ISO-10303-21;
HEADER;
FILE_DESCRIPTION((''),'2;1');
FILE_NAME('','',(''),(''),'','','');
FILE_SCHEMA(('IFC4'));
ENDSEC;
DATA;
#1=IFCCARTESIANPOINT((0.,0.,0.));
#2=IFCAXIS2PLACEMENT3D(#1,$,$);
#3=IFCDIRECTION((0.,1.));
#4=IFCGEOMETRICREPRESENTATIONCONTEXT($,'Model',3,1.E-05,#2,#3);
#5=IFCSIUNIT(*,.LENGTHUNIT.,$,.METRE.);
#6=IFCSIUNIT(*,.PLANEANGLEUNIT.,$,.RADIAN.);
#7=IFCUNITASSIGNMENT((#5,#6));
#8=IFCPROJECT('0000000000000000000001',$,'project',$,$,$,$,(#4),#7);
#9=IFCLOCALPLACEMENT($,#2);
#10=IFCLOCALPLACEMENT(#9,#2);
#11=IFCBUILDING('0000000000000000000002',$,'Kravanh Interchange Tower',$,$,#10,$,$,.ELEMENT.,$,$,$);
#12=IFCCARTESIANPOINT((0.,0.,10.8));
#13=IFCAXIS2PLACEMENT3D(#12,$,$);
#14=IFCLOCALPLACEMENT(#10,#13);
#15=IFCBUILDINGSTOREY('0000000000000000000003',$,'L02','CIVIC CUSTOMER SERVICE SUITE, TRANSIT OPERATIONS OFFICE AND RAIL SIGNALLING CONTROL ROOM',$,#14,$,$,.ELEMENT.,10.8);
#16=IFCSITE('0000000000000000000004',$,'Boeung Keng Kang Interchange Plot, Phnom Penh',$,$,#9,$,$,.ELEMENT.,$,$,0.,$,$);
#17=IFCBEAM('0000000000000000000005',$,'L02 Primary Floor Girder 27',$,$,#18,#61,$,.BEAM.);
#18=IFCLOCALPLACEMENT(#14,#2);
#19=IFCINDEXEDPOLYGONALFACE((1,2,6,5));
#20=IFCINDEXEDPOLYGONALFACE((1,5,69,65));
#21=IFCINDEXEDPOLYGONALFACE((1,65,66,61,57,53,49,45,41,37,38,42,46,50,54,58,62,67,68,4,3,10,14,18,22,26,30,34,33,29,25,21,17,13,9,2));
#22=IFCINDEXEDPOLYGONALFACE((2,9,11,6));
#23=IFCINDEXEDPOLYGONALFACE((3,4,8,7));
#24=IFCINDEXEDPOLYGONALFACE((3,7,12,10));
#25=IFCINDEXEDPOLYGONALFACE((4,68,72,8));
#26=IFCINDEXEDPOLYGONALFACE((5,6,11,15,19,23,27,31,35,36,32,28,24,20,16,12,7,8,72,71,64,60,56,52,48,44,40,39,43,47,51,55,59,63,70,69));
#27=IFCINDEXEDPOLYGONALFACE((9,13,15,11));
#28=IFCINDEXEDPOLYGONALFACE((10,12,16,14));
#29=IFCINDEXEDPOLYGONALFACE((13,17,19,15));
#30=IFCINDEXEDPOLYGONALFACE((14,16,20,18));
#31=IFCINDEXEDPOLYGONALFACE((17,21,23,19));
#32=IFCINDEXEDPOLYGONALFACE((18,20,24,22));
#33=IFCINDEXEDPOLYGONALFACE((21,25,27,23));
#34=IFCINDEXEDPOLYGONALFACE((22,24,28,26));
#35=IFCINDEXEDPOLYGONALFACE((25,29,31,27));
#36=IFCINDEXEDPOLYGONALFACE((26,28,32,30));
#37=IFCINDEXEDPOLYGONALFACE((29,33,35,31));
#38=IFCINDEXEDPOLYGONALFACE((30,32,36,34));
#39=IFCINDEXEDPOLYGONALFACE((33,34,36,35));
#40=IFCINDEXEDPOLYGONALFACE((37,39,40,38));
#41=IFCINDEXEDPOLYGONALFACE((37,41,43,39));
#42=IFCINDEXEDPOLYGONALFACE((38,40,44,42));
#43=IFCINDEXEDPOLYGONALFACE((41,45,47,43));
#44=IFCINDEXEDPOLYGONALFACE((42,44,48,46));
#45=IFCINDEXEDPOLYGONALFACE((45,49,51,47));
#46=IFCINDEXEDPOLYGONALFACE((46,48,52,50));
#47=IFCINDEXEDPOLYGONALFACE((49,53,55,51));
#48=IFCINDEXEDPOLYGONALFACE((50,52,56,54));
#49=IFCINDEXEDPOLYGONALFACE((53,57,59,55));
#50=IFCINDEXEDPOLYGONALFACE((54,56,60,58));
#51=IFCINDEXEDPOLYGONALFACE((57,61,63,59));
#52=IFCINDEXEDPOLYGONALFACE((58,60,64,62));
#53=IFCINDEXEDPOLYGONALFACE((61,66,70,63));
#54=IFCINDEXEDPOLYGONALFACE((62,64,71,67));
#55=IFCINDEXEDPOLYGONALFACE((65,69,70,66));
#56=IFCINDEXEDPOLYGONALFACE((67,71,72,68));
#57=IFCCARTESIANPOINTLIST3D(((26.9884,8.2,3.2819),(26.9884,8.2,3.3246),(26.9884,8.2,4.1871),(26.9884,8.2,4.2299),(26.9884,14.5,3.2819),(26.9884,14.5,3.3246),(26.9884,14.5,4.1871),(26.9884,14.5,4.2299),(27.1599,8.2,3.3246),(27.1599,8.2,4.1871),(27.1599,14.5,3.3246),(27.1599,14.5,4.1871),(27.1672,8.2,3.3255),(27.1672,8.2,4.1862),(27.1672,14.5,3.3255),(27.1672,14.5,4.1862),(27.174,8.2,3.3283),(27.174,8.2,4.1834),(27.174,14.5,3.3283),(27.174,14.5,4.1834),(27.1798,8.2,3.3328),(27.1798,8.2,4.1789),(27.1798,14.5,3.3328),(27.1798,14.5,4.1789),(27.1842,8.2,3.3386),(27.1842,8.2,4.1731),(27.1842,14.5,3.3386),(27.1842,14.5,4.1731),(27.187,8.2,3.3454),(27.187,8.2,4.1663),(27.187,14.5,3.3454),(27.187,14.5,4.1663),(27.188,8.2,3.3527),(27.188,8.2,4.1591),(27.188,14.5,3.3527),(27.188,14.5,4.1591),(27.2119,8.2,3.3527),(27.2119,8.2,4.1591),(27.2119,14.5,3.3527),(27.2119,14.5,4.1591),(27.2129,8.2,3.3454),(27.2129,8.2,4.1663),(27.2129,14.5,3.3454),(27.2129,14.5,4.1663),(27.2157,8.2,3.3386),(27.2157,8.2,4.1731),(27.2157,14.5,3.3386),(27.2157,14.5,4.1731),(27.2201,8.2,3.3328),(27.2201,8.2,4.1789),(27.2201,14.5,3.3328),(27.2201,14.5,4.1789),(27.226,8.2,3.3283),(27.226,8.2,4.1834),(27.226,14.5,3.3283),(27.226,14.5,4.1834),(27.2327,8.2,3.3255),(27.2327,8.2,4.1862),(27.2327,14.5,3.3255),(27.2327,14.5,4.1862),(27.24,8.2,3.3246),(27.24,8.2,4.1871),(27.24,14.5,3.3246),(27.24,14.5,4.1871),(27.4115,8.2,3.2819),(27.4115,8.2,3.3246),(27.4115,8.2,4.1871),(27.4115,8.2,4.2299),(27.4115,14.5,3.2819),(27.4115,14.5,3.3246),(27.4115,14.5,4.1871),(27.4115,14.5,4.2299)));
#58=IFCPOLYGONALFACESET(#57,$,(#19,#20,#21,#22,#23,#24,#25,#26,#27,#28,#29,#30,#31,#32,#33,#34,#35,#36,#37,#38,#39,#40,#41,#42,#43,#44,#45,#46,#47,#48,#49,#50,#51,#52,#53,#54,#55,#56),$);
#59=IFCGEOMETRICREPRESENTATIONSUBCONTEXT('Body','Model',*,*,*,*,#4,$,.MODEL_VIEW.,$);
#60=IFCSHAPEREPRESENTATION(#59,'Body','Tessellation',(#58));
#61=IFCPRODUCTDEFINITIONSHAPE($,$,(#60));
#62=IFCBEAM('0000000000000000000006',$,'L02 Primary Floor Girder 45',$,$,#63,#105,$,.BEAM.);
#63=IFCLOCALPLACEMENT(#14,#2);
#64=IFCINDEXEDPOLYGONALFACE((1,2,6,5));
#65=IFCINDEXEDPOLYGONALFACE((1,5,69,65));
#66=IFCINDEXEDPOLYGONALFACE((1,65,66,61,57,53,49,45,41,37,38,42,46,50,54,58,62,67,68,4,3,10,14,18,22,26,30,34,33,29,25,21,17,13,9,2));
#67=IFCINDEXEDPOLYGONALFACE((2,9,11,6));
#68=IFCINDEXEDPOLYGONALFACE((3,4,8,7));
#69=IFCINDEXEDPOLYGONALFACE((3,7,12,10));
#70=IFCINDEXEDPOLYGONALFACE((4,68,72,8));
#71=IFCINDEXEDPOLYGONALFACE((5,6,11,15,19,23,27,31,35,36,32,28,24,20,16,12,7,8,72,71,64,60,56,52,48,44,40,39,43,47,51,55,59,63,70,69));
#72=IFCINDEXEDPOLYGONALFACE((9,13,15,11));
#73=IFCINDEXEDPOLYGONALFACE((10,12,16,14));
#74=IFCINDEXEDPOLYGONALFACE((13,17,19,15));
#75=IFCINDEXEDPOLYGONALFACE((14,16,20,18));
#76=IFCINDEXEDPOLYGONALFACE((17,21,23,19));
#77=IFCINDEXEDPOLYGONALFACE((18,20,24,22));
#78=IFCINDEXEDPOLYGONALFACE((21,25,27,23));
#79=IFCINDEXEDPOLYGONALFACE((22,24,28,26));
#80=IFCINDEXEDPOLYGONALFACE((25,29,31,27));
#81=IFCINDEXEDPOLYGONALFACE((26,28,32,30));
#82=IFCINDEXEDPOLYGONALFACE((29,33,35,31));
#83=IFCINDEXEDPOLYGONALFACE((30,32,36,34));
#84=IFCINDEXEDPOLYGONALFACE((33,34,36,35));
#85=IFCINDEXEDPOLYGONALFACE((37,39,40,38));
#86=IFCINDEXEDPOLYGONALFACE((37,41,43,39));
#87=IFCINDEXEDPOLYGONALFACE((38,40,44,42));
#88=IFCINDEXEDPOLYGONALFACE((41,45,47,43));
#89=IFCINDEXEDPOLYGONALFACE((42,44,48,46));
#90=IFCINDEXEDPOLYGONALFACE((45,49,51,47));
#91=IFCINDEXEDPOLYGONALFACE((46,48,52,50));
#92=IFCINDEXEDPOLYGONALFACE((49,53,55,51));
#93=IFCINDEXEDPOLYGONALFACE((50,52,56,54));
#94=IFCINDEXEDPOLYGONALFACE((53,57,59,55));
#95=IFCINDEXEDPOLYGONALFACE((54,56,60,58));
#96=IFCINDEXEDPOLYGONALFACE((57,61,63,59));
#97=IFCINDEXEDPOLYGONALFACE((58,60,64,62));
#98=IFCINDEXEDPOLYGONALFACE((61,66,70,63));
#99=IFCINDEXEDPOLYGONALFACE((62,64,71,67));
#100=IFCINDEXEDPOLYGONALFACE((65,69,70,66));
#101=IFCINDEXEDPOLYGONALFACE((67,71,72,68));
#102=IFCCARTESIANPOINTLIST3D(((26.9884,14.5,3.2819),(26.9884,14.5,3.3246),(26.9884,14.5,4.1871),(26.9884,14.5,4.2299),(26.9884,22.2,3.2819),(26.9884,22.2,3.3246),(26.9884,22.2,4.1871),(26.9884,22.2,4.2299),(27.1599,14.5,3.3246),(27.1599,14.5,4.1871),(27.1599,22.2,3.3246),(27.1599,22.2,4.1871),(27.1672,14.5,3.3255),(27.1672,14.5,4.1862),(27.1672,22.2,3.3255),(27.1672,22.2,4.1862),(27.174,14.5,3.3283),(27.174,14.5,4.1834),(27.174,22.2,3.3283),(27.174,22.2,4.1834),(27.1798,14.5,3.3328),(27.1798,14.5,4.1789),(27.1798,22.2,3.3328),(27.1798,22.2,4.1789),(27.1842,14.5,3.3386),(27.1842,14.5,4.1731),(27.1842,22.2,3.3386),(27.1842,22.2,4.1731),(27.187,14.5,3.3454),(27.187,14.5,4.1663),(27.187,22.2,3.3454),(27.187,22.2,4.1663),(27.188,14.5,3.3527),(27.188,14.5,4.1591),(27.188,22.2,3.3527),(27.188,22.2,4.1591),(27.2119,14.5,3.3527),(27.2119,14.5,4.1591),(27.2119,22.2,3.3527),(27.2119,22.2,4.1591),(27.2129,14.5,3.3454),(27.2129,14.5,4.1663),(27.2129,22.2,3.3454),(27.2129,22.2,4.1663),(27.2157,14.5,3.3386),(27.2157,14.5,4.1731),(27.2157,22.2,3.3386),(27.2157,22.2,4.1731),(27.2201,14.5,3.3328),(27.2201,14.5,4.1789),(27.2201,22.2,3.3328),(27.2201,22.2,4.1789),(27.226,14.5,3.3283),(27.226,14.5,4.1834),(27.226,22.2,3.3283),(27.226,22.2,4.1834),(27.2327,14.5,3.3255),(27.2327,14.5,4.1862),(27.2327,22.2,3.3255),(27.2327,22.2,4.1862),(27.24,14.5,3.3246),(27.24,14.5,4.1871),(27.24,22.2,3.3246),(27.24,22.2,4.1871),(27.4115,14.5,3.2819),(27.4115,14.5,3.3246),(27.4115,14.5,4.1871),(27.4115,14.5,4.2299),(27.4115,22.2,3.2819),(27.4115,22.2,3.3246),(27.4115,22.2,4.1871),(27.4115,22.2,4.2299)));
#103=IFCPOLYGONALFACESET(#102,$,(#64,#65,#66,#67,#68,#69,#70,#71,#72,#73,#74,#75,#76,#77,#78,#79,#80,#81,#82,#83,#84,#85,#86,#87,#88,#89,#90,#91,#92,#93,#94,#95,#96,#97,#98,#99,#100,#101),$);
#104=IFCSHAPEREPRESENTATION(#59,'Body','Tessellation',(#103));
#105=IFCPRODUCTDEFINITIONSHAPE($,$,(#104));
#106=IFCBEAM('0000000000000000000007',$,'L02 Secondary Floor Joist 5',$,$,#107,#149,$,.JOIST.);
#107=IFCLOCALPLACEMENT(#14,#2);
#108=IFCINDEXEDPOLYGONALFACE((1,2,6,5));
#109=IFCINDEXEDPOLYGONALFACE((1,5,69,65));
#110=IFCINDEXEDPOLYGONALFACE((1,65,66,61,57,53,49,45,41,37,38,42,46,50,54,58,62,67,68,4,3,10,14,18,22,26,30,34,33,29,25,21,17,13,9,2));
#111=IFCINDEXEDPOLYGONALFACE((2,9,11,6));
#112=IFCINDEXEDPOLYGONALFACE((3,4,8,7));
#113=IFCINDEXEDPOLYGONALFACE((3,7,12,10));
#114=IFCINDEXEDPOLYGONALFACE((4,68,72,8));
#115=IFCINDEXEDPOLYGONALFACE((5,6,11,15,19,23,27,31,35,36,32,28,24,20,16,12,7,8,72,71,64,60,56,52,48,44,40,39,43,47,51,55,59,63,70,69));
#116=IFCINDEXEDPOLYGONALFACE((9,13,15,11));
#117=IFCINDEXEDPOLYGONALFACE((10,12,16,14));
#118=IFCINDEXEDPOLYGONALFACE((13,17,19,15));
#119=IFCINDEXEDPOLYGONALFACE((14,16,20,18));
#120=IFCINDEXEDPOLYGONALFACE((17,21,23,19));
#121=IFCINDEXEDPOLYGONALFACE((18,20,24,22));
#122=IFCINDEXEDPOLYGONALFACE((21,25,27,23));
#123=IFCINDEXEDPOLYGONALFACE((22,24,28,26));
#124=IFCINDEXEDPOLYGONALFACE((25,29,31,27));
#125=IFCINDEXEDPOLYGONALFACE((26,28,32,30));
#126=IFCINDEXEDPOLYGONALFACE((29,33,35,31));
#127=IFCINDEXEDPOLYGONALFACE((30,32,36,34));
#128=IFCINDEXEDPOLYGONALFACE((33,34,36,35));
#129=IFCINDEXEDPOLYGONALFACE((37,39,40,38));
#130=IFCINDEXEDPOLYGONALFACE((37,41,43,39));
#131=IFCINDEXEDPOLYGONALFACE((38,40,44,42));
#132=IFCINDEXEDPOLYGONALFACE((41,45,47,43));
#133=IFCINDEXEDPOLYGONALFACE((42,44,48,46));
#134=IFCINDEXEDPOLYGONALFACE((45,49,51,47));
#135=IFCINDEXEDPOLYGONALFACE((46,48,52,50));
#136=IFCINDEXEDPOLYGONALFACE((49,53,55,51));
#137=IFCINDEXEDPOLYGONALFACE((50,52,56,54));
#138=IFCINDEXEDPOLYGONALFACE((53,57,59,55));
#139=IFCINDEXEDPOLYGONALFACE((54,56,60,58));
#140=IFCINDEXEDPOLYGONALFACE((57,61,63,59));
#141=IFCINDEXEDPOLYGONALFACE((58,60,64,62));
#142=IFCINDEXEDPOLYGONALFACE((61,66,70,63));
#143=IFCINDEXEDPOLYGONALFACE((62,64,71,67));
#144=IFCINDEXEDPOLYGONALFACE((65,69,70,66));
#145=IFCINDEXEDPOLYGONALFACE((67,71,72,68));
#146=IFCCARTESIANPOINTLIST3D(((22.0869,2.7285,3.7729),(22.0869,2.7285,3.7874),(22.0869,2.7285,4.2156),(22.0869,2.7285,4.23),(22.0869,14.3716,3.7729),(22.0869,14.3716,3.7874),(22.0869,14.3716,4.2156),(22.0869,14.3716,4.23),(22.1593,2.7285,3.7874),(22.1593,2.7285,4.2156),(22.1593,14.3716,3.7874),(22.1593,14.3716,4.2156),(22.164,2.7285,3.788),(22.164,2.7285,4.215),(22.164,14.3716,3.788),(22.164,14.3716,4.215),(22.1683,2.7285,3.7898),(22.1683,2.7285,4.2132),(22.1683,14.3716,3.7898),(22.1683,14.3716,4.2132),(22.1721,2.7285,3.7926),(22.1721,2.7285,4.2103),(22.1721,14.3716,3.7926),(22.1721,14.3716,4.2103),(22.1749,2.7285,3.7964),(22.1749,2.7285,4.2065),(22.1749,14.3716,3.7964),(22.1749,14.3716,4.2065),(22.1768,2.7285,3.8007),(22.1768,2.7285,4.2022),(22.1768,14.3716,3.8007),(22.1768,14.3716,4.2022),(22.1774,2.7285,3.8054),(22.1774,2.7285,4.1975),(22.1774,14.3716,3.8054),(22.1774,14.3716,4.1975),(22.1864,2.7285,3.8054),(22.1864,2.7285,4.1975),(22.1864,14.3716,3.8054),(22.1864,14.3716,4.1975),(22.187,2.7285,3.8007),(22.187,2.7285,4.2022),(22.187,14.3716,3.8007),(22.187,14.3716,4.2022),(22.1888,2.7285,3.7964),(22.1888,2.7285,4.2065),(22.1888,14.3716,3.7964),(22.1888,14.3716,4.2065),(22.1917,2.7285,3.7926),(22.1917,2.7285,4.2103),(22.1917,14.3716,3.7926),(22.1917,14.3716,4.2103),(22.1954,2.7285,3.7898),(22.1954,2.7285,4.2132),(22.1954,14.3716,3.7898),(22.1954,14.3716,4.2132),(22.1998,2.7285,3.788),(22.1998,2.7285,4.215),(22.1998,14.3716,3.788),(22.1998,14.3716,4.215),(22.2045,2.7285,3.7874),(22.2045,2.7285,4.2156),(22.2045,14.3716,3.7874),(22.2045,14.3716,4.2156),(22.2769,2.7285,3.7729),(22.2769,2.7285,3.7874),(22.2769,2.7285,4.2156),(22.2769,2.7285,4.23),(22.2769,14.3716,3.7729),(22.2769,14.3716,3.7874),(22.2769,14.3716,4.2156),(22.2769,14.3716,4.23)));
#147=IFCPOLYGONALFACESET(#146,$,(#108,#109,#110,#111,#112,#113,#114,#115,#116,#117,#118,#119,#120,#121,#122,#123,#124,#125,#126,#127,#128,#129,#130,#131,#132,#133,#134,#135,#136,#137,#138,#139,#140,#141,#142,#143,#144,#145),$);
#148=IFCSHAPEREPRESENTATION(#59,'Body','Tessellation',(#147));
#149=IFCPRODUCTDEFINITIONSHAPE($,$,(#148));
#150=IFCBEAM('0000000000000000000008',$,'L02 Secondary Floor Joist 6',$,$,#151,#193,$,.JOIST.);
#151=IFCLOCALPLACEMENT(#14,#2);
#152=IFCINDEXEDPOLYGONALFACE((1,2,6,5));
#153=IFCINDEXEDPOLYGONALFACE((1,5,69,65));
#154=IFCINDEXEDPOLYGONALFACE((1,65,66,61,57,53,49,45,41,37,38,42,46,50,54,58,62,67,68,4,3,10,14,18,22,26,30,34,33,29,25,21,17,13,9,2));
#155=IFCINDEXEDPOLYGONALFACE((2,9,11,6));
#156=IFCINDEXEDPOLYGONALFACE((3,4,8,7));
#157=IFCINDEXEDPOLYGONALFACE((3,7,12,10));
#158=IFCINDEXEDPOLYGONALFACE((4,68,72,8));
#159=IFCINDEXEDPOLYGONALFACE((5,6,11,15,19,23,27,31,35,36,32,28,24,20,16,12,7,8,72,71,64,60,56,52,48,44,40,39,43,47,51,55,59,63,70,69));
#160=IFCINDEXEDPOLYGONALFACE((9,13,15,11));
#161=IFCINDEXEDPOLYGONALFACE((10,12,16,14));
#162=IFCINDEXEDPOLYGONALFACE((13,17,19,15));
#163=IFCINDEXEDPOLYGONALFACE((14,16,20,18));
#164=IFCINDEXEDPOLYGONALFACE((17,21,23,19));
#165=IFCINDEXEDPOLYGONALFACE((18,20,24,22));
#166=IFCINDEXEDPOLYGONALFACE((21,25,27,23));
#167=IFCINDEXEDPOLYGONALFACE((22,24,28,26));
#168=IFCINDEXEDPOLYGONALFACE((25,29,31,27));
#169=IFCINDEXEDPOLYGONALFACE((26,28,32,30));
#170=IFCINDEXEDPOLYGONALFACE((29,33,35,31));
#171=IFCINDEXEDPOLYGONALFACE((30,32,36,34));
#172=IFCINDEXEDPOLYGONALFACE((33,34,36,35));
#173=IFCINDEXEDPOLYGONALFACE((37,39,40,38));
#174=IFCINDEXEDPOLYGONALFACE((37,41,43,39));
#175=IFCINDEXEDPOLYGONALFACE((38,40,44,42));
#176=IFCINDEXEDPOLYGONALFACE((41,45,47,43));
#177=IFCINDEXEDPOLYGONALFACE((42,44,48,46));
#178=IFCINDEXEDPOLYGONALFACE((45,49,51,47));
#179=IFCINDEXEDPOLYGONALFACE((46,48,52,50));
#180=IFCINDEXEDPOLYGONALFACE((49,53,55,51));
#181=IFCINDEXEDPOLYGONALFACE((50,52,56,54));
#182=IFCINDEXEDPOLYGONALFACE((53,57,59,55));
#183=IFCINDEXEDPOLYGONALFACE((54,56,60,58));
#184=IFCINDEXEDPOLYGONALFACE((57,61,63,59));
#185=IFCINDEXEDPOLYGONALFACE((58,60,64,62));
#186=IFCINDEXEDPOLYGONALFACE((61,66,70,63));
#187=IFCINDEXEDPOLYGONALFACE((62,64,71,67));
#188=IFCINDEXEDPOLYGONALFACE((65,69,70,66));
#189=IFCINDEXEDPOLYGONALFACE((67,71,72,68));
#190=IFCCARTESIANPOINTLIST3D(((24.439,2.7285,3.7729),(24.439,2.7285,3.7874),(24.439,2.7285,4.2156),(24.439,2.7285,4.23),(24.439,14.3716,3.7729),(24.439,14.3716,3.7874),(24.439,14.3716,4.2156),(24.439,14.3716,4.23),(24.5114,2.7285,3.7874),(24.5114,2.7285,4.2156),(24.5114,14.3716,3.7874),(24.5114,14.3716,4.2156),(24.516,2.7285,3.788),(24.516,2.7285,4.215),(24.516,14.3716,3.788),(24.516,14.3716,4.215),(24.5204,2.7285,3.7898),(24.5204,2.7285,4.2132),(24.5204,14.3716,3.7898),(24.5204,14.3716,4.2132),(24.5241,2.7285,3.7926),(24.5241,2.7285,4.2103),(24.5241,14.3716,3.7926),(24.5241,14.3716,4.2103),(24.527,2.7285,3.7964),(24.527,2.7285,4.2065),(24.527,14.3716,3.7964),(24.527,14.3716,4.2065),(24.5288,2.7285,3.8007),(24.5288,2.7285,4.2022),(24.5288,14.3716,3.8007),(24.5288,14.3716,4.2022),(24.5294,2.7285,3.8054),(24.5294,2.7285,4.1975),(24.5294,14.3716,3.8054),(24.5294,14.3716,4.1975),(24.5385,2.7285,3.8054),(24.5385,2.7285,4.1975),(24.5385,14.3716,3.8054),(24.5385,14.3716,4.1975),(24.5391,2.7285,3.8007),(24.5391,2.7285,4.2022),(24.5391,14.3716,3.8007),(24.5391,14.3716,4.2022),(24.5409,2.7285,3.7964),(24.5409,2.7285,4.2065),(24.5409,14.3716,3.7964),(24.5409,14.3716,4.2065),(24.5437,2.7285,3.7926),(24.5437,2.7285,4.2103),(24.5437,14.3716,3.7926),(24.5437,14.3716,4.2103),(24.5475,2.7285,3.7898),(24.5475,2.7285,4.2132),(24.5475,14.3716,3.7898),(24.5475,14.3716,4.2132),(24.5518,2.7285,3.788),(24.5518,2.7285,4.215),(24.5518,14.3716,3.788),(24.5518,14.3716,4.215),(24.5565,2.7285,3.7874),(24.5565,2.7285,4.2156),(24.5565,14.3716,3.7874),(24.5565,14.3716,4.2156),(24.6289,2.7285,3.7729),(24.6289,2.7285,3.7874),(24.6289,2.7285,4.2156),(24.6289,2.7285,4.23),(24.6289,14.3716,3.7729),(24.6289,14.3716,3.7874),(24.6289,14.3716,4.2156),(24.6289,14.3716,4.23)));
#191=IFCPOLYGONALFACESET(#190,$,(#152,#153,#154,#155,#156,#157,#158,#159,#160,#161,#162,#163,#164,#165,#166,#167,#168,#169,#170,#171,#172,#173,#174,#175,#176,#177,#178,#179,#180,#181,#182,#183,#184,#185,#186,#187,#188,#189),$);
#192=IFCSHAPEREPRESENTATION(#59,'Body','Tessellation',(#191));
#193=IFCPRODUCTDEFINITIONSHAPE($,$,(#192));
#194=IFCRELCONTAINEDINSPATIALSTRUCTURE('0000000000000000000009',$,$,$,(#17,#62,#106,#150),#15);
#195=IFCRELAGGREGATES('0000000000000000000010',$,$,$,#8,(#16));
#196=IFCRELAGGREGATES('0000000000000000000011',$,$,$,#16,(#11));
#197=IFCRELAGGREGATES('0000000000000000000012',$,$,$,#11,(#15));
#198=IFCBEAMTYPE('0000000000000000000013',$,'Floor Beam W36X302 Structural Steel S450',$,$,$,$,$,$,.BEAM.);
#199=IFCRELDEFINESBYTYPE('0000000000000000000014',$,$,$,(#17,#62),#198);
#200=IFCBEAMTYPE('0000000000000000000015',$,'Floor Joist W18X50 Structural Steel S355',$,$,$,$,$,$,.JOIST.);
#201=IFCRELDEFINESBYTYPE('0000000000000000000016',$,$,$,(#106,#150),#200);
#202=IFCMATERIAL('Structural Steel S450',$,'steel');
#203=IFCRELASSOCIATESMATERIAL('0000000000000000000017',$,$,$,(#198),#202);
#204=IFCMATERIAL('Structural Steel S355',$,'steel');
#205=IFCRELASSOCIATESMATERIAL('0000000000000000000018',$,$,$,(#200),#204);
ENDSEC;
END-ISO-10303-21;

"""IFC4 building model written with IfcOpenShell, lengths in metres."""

from ifc_helpers import new_model, si_unit, direction, frame, origin, origin_2d, place, context, subcontext, project, spatial, i_section, extrude, material, material_profile, profile_set, type_object, element, save


model = new_model("IFC4")

# Units and contexts
model_context = context("Model", 3, precision=1e-05, world=origin(), true_north=direction((0.0, 1.0)))
body_context = subcontext(model_context, "Body", "Model", "MODEL_VIEW")
ifc_project = project(units=[si_unit("LENGTHUNIT", "METRE"), si_unit("PLANEANGLEUNIT", "RADIAN")], contexts=[model_context])

# Site, building, storey
site_placement = place(None, origin())
site = spatial("IfcSite", under=ifc_project, at=site_placement, Name="Boeung Keng Kang Interchange Plot, Phnom Penh", CompositionType="ELEMENT", RefElevation=0.0)
building_placement = place(site_placement, origin())
building = spatial("IfcBuilding", under=site, at=building_placement, Name="Kravanh Interchange Tower", CompositionType="ELEMENT")
storey_placement = place(building_placement, frame((0.0, 0.0, 10.8)))
storey = spatial("IfcBuildingStorey", under=building, at=storey_placement, Name="L02", Description="CIVIC CUSTOMER SERVICE SUITE, TRANSIT OPERATIONS OFFICE AND RAIL SIGNALLING CONTROL ROOM", CompositionType="ELEMENT", Elevation=10.8)

# Beams
ifc_material_1 = material(Name="Structural Steel S450", Category="steel")
ifc_material_profile_1 = material_profile(ifc_material_1, i_section(OverallWidth=0.4231, OverallDepth=0.948, WebThickness=0.0239, FlangeThickness=0.0427, FilletRadius=0.0281, at=origin_2d()), Name="W36X302")
ifc_profile_set_1 = profile_set([ifc_material_profile_1], Name="Structural Steel S450")
beam_type_1 = type_object("IfcBeamType", Name="Floor Beam W36X302 Structural Steel S450", PredefinedType="BEAM", material=ifc_profile_set_1)
beam_1_placement = place(storey_placement, frame((27.2, 8.2, 3.7559), z_axis=(0.0, 1.0, 0.0), x_axis=(-1.0, 0.0, 0.0)))
element("IfcBeam", 1, at=beam_1_placement, inside=storey, type_object=beam_type_1, Name="L02 Primary Floor Girder 27", PredefinedType="BEAM", context=body_context, shape_type="SweptSolid", body=[
    extrude(i_section(OverallWidth=0.4231, OverallDepth=0.948, WebThickness=0.0239, FlangeThickness=0.0427, FilletRadius=0.0281, at=origin_2d()), origin(), (0.0, 0.0, 1.0), 6.3),
])
beam_2_placement = place(storey_placement, frame((27.2, 14.5, 3.7559), z_axis=(0.0, 1.0, 0.0), x_axis=(-1.0, 0.0, 0.0)))
element("IfcBeam", 2, at=beam_2_placement, inside=storey, type_object=beam_type_1, Name="L02 Primary Floor Girder 45", PredefinedType="BEAM", context=body_context, shape_type="SweptSolid", body=[
    extrude(i_section(OverallWidth=0.4231, OverallDepth=0.948, WebThickness=0.0239, FlangeThickness=0.0427, FilletRadius=0.0281, at=origin_2d()), origin(), (0.0, 0.0, 1.0), 7.7),
])
ifc_material_2 = material(Name="Structural Steel S355", Category="steel")
ifc_material_profile_2 = material_profile(ifc_material_2, i_section(OverallWidth=0.1899, OverallDepth=0.457, WebThickness=0.009, FlangeThickness=0.0144, FilletRadius=0.0181, at=origin_2d()), Name="W18X50")
ifc_profile_set_2 = profile_set([ifc_material_profile_2], Name="Structural Steel S355")
beam_type_2 = type_object("IfcBeamType", Name="Floor Joist W18X50 Structural Steel S355", PredefinedType="JOIST", material=ifc_profile_set_2)
for number, where, z_axis, x_axis, name in (
    (3, (22.1819, 2.7285, 4.0015), (0.0, 1.0, 0.0), (-1.0, 0.0, 0.0), "L02 Secondary Floor Joist 5"),
    (4, (24.5339, 2.7285, 4.0015), (0.0, 1.0, 0.0), (-1.0, 0.0, 0.0), "L02 Secondary Floor Joist 6"),
):
    element("IfcBeam", number, at=place(storey_placement, frame(where, z_axis=z_axis, x_axis=x_axis)), inside=storey, type_object=beam_type_2, Name=name, PredefinedType="JOIST", context=body_context, shape_type="SweptSolid", body=[
        extrude(i_section(OverallWidth=0.1899, OverallDepth=0.457, WebThickness=0.009, FlangeThickness=0.0144, FilletRadius=0.0181, at=origin_2d()), origin(), (0.0, 0.0, 1.0), 11.6431),
    ])

save(model, "model.ifc")
